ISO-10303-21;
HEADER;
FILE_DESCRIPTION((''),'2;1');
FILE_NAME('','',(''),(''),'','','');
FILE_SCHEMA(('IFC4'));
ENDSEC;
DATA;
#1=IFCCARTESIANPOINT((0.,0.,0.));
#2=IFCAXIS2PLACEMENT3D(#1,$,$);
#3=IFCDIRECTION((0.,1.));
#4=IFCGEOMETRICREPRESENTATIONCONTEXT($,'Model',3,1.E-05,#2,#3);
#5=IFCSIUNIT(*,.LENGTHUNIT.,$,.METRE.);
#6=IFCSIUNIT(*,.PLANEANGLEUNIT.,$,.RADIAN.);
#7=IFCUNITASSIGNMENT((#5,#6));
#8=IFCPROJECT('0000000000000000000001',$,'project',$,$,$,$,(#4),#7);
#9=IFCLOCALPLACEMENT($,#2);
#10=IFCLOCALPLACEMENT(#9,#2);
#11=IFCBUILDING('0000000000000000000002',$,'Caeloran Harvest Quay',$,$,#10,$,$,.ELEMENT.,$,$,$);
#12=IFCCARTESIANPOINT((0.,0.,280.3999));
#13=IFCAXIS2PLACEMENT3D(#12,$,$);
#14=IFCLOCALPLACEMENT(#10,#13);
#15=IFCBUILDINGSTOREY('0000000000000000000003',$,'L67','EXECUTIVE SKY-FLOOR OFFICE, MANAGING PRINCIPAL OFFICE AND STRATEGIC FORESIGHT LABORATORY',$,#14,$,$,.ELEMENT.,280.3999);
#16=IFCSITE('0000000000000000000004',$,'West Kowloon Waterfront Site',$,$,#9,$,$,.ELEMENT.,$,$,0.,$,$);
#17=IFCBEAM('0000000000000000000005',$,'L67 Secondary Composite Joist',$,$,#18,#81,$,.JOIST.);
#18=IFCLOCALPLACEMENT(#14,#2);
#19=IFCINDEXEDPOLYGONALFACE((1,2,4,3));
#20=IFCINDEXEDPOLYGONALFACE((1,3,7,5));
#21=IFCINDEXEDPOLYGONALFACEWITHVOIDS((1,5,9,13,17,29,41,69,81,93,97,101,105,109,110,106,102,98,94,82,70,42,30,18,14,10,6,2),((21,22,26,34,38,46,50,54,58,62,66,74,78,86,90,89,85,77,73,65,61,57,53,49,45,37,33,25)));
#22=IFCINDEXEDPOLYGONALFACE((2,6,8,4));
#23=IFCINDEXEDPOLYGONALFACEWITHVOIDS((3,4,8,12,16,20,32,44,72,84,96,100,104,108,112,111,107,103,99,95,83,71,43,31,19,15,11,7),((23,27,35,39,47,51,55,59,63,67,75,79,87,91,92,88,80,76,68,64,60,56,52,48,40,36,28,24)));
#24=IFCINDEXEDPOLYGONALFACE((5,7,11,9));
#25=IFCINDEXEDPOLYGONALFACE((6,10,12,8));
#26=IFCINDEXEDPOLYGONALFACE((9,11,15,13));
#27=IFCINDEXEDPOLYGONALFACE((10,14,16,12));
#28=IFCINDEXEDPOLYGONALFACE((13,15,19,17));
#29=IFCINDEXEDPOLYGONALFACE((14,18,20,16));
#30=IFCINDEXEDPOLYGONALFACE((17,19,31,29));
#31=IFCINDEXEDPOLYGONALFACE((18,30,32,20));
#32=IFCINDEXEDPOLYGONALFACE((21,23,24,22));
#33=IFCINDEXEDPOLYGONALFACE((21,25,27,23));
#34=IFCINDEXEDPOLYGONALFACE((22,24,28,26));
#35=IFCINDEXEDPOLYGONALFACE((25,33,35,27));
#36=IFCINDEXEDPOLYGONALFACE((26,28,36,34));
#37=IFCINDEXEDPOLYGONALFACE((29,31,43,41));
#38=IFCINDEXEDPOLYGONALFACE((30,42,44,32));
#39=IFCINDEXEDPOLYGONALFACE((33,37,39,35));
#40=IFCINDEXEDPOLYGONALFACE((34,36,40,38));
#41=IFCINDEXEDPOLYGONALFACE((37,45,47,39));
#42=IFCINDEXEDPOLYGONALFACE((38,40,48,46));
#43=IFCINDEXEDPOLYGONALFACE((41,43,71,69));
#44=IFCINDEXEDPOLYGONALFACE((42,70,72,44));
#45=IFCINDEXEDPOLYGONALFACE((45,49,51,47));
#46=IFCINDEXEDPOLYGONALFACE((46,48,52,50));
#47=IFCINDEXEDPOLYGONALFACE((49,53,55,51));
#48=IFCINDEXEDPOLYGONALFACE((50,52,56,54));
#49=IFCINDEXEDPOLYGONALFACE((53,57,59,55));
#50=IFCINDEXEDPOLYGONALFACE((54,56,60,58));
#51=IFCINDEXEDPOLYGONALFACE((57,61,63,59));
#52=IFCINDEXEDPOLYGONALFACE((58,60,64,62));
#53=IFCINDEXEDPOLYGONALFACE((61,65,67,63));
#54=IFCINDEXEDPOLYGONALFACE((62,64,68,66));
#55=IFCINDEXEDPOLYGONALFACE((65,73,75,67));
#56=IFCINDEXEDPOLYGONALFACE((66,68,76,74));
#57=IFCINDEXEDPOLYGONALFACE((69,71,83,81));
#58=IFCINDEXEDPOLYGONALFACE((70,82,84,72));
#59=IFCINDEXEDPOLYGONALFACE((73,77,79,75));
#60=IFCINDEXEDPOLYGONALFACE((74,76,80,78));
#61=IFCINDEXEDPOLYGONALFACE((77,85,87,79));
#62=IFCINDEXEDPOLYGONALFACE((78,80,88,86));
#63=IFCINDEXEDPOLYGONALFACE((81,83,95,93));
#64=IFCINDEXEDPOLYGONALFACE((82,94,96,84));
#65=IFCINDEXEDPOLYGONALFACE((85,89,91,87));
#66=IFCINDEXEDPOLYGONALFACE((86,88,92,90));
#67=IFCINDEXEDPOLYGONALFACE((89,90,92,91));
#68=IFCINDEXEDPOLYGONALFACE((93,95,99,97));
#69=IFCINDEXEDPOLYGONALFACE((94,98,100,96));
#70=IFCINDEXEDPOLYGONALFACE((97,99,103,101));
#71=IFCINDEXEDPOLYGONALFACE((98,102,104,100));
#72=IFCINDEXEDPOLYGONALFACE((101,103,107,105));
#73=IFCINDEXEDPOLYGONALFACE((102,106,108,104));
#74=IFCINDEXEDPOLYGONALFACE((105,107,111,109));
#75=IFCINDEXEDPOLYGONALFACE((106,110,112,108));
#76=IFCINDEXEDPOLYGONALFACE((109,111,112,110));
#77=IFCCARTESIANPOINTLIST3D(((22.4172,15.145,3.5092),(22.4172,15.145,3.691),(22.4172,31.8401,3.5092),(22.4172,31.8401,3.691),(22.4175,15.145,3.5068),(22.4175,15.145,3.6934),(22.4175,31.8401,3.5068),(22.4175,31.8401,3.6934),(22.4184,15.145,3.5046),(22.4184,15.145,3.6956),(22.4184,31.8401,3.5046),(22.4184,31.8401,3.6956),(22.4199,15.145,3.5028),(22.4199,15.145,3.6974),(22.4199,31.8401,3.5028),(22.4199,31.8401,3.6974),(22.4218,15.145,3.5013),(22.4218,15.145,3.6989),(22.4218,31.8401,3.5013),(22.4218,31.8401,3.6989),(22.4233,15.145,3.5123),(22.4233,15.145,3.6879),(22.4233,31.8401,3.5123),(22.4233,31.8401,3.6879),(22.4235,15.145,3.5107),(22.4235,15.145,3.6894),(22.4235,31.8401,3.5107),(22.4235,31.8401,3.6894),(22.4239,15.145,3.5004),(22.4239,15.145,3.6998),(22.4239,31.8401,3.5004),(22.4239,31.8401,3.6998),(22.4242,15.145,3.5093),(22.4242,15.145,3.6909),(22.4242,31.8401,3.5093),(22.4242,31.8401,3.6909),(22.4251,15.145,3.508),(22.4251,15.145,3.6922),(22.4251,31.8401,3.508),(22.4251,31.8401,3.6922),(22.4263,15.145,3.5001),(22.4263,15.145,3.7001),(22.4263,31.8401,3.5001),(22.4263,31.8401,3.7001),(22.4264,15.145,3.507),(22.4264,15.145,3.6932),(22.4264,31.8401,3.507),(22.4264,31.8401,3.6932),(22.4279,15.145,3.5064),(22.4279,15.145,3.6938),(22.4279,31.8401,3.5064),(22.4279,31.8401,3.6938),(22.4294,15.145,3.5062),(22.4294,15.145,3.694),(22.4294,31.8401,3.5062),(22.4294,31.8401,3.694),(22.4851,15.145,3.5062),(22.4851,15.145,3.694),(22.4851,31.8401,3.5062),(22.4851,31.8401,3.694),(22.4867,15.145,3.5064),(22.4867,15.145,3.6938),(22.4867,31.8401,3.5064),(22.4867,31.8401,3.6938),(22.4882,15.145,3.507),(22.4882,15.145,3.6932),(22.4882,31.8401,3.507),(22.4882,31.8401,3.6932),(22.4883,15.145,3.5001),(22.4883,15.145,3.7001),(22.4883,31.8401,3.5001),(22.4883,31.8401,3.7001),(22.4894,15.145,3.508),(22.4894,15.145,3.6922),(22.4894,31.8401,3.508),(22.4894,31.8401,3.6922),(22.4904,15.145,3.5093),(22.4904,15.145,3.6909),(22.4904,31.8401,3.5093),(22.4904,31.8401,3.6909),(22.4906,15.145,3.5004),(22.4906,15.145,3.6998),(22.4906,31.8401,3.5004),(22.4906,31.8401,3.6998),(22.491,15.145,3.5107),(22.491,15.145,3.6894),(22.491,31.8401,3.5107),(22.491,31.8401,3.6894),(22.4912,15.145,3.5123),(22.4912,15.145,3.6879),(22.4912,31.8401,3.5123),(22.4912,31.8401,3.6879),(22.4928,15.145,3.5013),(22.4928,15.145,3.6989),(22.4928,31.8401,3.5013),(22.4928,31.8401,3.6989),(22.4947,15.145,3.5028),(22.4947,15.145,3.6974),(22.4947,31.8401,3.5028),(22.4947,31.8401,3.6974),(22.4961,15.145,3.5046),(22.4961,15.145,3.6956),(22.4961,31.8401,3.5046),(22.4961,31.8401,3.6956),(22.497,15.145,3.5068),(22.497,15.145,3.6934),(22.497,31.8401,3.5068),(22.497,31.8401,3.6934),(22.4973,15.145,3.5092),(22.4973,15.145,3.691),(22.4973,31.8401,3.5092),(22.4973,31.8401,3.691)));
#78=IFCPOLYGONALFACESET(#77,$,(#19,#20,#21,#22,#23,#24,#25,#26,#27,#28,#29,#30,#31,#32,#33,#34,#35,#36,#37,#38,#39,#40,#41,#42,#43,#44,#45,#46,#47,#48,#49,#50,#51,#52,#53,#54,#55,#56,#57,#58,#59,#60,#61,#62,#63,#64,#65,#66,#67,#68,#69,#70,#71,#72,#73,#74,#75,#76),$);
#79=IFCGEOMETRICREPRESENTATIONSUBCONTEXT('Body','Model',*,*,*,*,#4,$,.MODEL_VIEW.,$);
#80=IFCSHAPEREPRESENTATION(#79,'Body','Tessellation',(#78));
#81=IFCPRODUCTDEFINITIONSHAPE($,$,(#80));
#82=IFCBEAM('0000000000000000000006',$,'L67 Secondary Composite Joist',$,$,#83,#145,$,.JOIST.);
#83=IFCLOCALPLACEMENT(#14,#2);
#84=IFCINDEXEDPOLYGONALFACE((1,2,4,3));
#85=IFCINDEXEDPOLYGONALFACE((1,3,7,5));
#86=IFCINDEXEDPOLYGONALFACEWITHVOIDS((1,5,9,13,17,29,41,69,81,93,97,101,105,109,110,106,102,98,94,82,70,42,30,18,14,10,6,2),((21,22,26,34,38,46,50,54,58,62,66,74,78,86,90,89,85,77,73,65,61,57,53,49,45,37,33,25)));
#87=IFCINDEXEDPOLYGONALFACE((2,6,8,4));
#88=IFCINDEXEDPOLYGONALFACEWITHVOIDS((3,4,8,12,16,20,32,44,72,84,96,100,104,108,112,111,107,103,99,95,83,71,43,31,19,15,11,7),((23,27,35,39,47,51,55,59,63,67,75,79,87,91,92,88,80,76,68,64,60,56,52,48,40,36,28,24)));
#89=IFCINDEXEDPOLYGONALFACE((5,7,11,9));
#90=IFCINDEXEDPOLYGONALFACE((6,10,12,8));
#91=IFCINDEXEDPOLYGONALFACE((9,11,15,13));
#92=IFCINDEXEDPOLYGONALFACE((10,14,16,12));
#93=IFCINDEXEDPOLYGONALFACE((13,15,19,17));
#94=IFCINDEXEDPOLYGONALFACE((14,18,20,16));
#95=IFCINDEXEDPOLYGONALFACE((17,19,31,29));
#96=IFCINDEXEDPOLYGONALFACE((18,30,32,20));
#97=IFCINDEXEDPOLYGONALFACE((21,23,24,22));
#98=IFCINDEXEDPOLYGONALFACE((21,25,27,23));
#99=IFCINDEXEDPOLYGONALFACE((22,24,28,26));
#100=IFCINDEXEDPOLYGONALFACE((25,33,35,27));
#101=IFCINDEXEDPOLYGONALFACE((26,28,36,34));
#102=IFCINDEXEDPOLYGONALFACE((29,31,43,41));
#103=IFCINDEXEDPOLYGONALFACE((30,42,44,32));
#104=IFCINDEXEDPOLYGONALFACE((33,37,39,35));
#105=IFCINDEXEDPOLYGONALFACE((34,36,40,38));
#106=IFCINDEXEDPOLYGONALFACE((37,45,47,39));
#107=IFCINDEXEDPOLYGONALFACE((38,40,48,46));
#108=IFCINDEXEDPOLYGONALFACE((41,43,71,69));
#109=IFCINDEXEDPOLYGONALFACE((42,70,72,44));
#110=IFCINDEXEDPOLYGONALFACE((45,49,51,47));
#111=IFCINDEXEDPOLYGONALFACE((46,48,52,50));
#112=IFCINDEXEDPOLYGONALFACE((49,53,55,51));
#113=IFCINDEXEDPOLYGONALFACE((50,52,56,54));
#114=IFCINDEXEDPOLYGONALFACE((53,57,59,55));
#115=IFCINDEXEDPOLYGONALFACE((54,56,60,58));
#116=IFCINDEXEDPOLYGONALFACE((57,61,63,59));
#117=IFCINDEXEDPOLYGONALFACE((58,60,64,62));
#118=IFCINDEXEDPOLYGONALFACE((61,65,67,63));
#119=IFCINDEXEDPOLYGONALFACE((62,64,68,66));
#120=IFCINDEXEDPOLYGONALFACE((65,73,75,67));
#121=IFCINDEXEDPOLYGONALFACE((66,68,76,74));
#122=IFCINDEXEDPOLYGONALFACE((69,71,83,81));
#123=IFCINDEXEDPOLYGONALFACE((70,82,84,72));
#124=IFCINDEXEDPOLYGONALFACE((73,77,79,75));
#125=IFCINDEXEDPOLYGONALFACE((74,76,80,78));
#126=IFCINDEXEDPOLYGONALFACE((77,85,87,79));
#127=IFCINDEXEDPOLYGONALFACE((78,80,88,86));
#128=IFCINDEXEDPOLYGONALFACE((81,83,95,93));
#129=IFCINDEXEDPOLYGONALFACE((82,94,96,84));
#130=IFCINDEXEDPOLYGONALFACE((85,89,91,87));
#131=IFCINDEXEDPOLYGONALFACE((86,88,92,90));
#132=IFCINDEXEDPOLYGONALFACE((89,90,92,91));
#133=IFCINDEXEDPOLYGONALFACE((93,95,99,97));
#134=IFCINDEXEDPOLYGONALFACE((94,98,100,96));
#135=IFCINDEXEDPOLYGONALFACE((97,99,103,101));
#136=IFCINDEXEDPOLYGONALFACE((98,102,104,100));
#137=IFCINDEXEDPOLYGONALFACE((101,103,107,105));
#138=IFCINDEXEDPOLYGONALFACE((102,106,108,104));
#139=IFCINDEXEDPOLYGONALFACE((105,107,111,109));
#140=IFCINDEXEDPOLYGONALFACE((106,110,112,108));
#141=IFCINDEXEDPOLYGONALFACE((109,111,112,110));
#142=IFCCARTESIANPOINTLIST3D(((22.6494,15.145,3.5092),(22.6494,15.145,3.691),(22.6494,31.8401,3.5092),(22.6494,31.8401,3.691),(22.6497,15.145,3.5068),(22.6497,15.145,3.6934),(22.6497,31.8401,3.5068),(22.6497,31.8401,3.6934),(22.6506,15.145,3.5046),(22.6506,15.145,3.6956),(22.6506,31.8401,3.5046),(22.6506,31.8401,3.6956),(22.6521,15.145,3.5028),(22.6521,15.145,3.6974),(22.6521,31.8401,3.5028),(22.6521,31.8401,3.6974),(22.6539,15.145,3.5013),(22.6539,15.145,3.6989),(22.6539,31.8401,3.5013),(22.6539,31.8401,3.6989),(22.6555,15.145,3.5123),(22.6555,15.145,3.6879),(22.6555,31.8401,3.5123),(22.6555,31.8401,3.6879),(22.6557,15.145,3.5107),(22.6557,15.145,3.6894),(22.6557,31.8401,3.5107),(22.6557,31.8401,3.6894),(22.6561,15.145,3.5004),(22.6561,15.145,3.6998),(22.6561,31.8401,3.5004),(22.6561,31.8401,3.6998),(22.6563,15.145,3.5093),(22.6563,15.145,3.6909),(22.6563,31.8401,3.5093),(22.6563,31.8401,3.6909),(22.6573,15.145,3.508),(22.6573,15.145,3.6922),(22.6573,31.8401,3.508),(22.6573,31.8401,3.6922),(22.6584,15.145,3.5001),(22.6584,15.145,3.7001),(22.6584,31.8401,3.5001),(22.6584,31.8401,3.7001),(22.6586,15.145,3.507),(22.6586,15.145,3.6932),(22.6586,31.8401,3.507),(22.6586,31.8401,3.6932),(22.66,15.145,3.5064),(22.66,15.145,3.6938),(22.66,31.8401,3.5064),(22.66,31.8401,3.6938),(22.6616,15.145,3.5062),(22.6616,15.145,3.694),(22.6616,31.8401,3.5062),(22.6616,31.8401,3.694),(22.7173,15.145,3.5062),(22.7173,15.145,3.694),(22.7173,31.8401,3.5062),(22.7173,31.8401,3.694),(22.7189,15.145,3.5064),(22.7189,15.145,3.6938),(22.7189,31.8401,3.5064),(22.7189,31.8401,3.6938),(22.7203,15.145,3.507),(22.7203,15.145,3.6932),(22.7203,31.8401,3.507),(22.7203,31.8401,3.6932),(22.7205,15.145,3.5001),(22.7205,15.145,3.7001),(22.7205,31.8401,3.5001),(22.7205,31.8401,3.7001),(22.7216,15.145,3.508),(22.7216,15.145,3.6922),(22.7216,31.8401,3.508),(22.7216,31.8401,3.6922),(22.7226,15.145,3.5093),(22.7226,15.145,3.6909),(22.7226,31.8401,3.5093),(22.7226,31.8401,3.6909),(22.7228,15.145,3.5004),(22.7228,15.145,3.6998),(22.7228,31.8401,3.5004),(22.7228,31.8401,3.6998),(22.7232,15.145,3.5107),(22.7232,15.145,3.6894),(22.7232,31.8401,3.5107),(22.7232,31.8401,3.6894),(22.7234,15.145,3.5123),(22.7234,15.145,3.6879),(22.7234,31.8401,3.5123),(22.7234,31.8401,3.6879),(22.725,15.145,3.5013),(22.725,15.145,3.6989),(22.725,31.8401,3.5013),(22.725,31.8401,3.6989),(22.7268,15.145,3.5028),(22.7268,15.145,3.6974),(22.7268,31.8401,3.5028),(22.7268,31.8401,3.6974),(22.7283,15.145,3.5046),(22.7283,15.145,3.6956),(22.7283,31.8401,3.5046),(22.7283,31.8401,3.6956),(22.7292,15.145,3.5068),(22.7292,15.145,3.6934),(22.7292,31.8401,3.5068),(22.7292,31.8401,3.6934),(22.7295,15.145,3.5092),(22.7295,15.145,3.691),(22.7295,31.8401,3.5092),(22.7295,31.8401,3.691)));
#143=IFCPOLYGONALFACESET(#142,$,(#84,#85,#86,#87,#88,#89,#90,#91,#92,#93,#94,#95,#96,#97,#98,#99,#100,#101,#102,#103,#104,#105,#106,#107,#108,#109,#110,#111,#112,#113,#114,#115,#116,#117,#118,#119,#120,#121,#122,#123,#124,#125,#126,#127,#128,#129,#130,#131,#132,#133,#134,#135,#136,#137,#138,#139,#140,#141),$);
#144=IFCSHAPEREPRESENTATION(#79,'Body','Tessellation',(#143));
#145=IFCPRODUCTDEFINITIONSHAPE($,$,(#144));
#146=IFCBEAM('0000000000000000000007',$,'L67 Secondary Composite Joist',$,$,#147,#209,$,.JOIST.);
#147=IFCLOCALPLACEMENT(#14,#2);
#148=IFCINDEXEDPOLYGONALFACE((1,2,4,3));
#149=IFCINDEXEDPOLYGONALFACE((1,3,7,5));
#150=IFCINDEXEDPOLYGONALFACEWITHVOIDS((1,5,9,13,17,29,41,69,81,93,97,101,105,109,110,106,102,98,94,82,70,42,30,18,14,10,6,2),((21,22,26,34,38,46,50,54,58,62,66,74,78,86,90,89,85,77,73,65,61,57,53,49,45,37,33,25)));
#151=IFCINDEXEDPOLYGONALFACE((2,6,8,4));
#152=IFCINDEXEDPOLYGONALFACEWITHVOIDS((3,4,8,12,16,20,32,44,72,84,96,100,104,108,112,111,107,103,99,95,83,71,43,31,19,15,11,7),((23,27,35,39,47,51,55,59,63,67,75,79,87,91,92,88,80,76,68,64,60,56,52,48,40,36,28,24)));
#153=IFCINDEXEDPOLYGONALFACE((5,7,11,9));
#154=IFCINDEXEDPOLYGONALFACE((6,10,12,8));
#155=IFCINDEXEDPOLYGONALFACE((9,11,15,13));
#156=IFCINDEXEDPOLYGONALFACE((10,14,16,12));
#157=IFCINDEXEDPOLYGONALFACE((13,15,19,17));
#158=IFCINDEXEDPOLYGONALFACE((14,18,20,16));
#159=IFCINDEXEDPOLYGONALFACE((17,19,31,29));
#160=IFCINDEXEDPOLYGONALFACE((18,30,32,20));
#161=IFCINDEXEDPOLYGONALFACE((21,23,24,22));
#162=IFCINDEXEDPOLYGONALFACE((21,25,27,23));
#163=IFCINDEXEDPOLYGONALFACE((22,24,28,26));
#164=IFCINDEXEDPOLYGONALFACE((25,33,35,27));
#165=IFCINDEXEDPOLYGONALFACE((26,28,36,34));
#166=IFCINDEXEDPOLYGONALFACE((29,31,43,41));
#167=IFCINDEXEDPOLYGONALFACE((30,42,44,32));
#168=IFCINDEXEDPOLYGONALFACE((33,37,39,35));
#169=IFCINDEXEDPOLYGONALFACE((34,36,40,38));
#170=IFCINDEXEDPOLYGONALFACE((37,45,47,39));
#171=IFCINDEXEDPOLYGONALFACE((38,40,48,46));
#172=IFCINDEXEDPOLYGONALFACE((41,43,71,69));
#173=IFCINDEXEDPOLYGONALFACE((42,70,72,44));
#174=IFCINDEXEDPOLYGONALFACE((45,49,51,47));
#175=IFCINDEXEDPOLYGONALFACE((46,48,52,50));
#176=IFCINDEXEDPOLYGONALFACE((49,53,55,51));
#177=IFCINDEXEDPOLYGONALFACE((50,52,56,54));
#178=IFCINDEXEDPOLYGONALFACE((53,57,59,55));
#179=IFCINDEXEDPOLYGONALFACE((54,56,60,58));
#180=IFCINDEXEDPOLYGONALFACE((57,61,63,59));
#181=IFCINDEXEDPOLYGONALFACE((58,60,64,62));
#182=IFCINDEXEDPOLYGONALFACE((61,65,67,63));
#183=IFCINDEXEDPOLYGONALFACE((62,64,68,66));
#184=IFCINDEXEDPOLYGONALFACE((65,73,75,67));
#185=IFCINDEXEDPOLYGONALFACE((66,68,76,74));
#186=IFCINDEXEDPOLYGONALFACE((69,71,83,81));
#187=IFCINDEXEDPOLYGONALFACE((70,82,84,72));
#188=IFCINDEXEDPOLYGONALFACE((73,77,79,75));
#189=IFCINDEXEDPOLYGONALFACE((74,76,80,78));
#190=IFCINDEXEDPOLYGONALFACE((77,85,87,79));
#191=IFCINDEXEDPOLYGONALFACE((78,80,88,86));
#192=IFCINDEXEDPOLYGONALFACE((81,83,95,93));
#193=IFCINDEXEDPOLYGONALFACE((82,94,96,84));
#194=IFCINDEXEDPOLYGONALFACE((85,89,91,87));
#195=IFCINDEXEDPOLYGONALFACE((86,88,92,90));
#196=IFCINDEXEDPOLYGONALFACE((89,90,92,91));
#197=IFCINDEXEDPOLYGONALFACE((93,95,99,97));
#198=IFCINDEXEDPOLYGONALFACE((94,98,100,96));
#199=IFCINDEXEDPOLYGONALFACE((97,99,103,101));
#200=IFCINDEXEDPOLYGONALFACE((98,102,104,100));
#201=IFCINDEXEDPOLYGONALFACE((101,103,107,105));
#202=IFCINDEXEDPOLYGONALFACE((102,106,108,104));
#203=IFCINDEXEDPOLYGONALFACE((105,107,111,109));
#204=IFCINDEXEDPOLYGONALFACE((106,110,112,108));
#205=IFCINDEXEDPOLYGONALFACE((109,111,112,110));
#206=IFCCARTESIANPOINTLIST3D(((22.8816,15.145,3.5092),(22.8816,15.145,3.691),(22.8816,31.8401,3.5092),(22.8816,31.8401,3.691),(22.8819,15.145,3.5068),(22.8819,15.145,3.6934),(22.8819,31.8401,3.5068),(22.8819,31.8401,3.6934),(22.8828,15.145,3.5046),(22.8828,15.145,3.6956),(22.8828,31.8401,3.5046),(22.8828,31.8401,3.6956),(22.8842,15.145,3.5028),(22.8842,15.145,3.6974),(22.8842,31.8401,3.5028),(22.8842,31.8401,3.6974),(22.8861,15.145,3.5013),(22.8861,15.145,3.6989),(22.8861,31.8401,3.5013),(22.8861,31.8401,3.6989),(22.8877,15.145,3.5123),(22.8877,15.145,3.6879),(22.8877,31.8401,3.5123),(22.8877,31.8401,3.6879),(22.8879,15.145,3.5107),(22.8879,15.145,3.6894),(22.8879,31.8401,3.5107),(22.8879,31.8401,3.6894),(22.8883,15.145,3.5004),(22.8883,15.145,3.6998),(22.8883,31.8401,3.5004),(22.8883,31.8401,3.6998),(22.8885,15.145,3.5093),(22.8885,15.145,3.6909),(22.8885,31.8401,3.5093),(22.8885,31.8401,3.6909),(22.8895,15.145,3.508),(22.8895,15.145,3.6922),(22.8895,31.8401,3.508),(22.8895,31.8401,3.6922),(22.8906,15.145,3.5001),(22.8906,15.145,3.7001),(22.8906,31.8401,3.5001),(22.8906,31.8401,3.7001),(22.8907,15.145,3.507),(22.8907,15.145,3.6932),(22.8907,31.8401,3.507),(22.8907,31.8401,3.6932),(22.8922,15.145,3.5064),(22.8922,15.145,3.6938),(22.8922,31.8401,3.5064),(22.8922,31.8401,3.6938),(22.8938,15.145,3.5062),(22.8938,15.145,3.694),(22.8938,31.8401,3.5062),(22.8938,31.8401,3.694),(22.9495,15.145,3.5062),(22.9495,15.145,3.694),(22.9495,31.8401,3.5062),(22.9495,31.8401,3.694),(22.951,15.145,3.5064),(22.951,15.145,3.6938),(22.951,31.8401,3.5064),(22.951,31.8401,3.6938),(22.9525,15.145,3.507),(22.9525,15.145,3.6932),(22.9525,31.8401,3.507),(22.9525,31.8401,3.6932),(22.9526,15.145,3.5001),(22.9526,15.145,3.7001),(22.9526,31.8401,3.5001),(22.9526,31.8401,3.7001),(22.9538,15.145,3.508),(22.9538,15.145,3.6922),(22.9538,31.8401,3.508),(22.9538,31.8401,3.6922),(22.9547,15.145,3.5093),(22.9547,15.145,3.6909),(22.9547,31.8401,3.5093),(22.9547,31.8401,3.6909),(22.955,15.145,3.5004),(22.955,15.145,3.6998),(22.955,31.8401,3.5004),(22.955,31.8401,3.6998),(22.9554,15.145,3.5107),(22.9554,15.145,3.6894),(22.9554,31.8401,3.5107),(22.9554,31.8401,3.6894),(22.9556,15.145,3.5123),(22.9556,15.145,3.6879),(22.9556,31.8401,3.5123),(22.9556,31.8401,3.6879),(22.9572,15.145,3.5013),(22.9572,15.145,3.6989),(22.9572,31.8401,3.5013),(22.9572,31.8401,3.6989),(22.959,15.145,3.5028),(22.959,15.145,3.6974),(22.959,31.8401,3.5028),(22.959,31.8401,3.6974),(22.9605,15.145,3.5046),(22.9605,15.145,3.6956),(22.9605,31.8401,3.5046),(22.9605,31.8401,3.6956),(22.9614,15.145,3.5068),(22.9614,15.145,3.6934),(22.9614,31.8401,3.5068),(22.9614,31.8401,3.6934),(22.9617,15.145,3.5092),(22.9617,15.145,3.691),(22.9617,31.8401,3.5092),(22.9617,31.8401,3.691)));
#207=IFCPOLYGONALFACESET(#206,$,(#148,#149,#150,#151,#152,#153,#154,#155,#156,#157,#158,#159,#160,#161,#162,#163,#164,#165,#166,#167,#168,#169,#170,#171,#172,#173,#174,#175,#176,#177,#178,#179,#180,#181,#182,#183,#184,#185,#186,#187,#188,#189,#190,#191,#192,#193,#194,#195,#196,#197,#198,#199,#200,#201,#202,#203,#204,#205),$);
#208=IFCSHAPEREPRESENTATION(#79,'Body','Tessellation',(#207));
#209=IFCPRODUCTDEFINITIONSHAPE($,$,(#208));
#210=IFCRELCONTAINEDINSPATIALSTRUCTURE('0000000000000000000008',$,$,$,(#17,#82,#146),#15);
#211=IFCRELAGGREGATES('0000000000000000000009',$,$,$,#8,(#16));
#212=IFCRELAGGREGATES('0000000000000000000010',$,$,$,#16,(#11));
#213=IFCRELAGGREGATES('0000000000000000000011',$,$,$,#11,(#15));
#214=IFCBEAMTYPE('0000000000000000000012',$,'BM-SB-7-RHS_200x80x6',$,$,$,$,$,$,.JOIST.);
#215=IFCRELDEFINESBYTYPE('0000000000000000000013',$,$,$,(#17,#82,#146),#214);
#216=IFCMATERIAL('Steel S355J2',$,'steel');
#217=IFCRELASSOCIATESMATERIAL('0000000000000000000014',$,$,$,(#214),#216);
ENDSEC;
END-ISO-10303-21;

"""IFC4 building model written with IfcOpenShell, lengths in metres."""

from ifc_helpers import new_model, si_unit, direction, frame, origin, origin_2d, place, context, subcontext, project, spatial, hollow_rectangle, extrude, material, material_profile, profile_set, type_object, element, save


model = new_model("IFC4")

# Units and contexts
model_context = context("Model", 3, precision=1e-05, world=origin(), true_north=direction((0.0, 1.0)))
body_context = subcontext(model_context, "Body", "Model", "MODEL_VIEW")
ifc_project = project(units=[si_unit("LENGTHUNIT", "METRE"), si_unit("PLANEANGLEUNIT", "RADIAN")], contexts=[model_context])

# Site, building, storey
site_placement = place(None, origin())
site = spatial("IfcSite", under=ifc_project, at=site_placement, Name="West Kowloon Waterfront Site", CompositionType="ELEMENT", RefElevation=0.0)
building_placement = place(site_placement, origin())
building = spatial("IfcBuilding", under=site, at=building_placement, Name="Caeloran Harvest Quay", CompositionType="ELEMENT")
storey_placement = place(building_placement, frame((0.0, 0.0, 280.3999)))
storey = spatial("IfcBuildingStorey", under=building, at=storey_placement, Name="L67", Description="EXECUTIVE SKY-FLOOR OFFICE, MANAGING PRINCIPAL OFFICE AND STRATEGIC FORESIGHT LABORATORY", CompositionType="ELEMENT", Elevation=280.3999)

# Beams
ifc_material_1 = material(Name="Steel S355J2", Category="steel")
ifc_material_profile_1 = material_profile(ifc_material_1, hollow_rectangle(XDim=0.0801, YDim=0.2, WallThickness=0.0061, InnerFilletRadius=0.0061, OuterFilletRadius=0.009, at=origin_2d()), Name="RHS 200x80x6")
ifc_profile_set_1 = profile_set([ifc_material_profile_1], Name="Steel S355J2")
beam_type_1 = type_object("IfcBeamType", Name="BM-SB-7-RHS_200x80x6", PredefinedType="JOIST", material=ifc_profile_set_1)
for number, where, z_axis, x_axis, name in (
    (1, (22.4573, 15.145, 3.6001), (0.0, 1.0, 0.0), (-1.0, 0.0, 0.0), "L67 Secondary Composite Joist"),
    (2, (22.6895, 15.145, 3.6001), (0.0, 1.0, 0.0), (-1.0, 0.0, 0.0), "L67 Secondary Composite Joist"),
    (3, (22.9216, 15.145, 3.6001), (0.0, 1.0, 0.0), (-1.0, 0.0, 0.0), "L67 Secondary Composite Joist"),
):
    element("IfcBeam", number, at=place(storey_placement, frame(where, z_axis=z_axis, x_axis=x_axis)), inside=storey, type_object=beam_type_1, Name=name, PredefinedType="JOIST", context=body_context, shape_type="SweptSolid", body=[
        extrude(hollow_rectangle(XDim=0.0801, YDim=0.2, WallThickness=0.0061, InnerFilletRadius=0.0061, OuterFilletRadius=0.009, at=origin_2d()), origin(), (0.0, 0.0, 1.0), 16.6951),
    ])

save(model, "model.ifc")
